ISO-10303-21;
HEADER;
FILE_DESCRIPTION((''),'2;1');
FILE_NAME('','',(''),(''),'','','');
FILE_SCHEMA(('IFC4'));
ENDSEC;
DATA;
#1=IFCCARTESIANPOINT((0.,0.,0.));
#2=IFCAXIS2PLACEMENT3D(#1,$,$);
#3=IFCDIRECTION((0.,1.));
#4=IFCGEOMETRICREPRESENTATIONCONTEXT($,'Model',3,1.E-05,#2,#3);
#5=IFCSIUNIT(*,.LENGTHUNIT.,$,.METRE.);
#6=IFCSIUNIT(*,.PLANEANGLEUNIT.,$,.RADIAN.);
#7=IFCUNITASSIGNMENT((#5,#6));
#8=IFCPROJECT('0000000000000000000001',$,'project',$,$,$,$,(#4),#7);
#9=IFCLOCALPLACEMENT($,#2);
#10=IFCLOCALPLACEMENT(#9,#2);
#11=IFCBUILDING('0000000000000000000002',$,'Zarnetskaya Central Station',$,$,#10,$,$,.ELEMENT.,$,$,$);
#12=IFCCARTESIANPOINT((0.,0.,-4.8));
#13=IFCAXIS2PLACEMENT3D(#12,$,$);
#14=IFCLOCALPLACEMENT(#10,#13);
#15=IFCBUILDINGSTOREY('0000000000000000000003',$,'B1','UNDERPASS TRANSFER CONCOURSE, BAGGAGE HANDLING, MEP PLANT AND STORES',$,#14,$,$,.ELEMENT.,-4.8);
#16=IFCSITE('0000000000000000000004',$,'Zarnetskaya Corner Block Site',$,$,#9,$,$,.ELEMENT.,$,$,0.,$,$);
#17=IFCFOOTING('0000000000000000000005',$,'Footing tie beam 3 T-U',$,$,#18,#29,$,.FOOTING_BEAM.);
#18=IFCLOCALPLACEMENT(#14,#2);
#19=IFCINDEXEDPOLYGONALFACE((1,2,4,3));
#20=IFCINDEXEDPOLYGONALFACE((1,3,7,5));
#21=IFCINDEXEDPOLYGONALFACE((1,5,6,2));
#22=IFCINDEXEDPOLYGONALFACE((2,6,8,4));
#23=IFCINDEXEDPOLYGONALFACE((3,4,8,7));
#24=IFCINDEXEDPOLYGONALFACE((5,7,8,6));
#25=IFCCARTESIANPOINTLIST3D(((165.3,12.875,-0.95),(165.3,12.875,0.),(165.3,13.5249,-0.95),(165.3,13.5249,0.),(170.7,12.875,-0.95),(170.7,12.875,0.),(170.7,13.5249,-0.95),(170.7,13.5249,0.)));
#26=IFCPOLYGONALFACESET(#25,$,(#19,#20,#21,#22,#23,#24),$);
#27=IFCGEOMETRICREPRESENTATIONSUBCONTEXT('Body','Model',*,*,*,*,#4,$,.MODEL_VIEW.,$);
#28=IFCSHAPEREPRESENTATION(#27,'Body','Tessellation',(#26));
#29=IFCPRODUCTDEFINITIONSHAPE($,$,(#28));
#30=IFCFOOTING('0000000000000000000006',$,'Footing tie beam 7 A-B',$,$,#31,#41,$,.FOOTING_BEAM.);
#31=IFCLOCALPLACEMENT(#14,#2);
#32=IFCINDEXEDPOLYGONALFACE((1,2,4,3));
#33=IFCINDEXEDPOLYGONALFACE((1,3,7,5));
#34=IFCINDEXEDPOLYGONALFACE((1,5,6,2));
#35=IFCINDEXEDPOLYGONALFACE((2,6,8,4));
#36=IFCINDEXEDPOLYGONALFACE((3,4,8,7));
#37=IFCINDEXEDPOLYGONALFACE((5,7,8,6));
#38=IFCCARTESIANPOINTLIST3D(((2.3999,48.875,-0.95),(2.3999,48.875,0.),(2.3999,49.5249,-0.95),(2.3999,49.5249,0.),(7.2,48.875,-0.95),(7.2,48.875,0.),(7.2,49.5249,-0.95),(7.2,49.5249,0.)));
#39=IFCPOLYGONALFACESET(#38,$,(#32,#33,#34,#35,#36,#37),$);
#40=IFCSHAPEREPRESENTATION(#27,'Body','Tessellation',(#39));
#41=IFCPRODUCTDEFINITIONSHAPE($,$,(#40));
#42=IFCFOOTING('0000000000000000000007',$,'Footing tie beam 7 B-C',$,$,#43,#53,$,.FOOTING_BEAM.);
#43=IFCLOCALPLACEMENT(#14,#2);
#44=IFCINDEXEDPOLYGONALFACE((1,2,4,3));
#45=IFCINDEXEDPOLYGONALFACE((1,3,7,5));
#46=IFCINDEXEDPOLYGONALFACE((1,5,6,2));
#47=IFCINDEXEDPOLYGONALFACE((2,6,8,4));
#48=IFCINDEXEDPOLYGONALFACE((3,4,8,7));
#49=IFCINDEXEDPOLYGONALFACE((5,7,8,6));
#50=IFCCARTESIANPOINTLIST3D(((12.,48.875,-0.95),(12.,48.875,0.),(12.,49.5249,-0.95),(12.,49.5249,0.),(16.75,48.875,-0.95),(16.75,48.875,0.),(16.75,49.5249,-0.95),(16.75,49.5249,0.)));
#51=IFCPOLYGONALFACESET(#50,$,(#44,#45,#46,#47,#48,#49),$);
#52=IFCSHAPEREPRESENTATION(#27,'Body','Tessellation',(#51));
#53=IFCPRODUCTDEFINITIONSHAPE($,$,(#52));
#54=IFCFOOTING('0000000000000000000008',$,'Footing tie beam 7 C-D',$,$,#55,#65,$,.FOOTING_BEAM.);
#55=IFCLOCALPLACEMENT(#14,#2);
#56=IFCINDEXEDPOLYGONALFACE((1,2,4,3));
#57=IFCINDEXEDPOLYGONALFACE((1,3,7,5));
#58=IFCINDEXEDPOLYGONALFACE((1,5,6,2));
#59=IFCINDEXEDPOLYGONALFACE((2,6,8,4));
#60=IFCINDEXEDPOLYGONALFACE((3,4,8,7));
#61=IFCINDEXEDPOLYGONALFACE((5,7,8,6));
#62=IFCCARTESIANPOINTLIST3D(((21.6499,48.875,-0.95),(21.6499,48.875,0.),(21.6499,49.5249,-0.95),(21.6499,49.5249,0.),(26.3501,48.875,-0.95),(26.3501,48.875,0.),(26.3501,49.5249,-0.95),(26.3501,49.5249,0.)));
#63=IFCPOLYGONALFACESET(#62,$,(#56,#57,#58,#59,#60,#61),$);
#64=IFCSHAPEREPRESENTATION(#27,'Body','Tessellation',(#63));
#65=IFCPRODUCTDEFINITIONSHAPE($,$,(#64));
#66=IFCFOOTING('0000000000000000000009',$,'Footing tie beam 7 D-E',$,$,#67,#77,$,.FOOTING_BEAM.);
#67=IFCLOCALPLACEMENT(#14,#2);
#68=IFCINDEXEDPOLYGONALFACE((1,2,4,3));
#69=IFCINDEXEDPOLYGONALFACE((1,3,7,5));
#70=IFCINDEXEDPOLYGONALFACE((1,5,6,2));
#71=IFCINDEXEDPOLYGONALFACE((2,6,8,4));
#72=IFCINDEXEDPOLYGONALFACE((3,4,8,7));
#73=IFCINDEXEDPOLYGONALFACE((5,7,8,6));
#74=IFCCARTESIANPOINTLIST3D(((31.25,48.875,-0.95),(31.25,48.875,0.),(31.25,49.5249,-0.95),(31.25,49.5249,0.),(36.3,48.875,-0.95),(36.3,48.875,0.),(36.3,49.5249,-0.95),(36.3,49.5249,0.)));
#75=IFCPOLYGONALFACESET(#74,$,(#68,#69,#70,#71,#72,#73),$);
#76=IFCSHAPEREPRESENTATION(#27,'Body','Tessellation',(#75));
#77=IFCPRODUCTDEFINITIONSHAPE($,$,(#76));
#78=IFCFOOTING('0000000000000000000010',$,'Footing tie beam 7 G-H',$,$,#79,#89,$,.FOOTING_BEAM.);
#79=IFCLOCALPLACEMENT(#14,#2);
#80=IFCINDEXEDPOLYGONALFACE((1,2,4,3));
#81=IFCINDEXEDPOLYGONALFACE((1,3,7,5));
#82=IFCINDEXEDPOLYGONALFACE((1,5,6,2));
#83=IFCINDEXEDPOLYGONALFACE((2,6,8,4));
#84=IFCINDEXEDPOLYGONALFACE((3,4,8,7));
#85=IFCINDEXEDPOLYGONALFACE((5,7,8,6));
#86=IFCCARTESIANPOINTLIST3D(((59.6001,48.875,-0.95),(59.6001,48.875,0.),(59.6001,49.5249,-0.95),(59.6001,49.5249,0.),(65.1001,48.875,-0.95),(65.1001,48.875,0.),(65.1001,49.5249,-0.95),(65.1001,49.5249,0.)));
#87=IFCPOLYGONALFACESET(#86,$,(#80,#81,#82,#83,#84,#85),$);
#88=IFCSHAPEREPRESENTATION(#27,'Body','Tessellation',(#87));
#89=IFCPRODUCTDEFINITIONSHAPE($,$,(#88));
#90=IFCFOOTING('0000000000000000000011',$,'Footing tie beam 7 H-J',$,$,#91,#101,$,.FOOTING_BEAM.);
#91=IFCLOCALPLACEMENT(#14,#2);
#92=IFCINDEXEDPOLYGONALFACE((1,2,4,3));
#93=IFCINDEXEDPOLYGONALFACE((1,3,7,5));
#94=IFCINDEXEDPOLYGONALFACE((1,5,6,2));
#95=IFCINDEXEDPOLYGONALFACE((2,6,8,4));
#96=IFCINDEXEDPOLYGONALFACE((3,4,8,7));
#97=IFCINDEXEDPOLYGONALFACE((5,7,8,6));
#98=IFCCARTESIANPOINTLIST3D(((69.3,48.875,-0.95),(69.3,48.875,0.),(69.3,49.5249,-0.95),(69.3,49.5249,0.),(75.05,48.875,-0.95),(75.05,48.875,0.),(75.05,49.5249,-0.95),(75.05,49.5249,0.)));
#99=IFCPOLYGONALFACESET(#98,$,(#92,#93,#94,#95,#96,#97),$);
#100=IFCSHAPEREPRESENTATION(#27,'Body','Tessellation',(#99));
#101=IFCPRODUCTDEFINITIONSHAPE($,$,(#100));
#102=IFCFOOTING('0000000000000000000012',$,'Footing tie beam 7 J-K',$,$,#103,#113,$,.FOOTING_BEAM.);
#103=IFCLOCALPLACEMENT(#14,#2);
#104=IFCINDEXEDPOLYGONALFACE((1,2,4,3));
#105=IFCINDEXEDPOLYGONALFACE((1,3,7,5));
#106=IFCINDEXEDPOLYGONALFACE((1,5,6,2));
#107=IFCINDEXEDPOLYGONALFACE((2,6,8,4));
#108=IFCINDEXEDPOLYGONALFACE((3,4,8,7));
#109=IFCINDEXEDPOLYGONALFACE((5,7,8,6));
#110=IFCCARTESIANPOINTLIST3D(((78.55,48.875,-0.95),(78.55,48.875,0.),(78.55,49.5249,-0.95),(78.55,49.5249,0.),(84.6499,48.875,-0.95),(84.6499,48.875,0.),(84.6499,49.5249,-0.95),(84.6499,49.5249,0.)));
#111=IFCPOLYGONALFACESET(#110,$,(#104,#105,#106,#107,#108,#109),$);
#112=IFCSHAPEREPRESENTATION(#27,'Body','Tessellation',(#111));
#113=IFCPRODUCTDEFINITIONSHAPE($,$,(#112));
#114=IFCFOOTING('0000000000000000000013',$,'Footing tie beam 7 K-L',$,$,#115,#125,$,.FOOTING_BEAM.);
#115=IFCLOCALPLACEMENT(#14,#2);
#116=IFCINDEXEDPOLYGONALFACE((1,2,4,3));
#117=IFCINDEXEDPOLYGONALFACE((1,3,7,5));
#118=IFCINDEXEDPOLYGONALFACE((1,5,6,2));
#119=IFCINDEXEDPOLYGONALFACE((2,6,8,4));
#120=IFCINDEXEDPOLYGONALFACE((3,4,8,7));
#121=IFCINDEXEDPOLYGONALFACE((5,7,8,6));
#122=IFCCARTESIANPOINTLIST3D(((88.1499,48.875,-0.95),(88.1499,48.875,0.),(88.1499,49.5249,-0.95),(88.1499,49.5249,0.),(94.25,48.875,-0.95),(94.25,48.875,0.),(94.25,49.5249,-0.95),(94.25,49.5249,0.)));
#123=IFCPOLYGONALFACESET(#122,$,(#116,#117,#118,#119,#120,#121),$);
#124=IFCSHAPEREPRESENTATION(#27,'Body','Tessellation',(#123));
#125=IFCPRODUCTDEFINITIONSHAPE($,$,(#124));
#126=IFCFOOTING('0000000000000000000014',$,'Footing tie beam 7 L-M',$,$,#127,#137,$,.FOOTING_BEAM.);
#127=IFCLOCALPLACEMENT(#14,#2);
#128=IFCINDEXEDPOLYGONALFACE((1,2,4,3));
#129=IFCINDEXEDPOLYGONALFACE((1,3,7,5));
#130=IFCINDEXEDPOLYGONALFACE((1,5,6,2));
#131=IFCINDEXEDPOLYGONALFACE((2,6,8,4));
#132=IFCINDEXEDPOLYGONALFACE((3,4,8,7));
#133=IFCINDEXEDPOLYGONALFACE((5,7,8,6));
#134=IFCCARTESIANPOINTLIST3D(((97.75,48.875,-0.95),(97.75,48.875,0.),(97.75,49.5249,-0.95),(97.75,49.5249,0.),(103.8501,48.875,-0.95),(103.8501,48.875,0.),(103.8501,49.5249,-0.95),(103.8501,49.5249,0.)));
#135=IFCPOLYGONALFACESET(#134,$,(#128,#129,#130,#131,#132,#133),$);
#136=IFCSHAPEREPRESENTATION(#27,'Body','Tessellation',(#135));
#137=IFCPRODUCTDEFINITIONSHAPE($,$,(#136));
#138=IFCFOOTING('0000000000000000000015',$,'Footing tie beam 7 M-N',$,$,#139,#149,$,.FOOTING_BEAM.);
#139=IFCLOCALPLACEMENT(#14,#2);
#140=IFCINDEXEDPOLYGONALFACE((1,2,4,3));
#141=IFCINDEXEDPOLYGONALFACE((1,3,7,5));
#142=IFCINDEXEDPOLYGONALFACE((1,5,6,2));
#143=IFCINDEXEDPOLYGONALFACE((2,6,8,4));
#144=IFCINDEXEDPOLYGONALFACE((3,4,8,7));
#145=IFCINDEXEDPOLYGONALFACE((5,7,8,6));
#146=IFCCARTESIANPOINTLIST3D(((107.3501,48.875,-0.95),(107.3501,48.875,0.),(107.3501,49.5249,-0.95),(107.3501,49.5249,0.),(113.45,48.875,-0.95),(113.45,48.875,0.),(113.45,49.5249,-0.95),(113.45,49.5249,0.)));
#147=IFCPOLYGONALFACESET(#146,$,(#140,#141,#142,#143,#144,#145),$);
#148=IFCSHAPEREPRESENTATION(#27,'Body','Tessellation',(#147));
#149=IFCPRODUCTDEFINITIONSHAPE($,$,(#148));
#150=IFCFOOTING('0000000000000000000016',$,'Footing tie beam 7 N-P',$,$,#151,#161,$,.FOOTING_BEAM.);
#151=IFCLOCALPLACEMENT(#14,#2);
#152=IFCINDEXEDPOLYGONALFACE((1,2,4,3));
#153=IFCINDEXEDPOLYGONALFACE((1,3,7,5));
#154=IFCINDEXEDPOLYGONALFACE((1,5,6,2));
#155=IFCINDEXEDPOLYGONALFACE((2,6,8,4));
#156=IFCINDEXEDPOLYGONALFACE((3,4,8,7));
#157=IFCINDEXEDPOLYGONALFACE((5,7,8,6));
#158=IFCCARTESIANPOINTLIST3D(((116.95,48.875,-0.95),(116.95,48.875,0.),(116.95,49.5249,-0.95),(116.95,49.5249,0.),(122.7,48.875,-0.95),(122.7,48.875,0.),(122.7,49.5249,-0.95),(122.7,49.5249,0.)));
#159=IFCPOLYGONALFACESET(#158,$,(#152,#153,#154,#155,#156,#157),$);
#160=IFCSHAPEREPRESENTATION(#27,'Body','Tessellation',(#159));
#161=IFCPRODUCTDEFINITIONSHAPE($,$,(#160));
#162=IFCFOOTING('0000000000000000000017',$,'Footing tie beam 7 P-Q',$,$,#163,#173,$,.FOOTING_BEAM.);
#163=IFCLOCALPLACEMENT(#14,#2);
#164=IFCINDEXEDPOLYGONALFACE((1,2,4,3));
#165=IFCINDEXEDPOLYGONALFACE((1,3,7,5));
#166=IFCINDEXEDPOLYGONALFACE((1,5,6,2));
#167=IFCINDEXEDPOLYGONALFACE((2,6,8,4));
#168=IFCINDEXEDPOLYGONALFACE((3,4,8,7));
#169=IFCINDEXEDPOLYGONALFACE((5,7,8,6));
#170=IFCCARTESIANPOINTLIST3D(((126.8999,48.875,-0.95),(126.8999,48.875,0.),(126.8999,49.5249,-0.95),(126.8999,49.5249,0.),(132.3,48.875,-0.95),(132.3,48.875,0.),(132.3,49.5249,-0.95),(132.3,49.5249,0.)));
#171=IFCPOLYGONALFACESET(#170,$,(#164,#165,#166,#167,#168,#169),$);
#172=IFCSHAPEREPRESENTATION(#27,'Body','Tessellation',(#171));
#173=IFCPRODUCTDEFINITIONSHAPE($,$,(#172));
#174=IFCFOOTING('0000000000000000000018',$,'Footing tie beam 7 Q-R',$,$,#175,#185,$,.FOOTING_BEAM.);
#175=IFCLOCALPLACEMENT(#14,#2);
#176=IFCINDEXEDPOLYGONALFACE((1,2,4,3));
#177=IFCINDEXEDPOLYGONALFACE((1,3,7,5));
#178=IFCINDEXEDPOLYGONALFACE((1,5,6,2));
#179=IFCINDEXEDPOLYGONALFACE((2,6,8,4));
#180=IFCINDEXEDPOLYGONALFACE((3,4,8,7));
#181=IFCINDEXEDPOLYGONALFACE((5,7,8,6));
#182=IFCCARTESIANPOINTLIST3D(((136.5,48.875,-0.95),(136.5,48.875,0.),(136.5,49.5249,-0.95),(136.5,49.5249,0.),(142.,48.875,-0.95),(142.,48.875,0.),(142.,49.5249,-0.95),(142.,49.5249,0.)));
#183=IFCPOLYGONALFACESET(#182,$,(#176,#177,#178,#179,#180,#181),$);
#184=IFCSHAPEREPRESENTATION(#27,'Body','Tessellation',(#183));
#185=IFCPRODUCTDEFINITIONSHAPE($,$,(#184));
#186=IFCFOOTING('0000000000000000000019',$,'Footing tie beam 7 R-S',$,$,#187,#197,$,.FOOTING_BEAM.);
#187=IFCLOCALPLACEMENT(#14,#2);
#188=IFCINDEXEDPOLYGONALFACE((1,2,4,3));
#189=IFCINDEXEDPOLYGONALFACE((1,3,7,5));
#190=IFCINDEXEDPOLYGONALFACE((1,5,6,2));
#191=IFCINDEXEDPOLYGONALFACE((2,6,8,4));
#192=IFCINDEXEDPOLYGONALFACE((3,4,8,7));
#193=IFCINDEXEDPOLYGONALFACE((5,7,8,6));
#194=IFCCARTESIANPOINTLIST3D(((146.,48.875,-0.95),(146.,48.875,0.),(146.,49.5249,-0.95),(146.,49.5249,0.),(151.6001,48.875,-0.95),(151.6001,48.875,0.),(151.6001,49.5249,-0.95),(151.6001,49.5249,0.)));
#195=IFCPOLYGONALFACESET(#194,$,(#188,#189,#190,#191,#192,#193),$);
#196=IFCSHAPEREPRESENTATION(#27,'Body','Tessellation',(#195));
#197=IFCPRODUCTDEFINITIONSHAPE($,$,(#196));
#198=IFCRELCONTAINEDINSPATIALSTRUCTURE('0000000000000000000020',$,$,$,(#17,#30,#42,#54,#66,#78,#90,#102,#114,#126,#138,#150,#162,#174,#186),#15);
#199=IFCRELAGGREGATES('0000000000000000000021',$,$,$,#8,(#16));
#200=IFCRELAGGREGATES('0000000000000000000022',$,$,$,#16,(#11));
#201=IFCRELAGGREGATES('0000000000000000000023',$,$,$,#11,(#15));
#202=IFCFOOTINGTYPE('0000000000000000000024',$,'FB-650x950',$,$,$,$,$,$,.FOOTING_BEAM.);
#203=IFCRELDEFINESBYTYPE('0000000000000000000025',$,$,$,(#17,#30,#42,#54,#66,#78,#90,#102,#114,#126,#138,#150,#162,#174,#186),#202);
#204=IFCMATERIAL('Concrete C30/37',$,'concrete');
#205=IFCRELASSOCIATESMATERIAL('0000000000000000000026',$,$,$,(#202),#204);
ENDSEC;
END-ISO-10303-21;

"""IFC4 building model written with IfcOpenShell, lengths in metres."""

from ifc_helpers import new_model, si_unit, direction, frame, origin, place, context, subcontext, project, spatial, polyline, outline, extrude, material, type_object, element, save


model = new_model("IFC4")

# Units and contexts
model_context = context("Model", 3, precision=1e-05, world=origin(), true_north=direction((0.0, 1.0)))
body_context = subcontext(model_context, "Body", "Model", "MODEL_VIEW")
ifc_project = project(units=[si_unit("LENGTHUNIT", "METRE"), si_unit("PLANEANGLEUNIT", "RADIAN")], contexts=[model_context])

# Site, building, storey
site_placement = place(None, origin())
site = spatial("IfcSite", under=ifc_project, at=site_placement, Name="Zarnetskaya Corner Block Site", CompositionType="ELEMENT", RefElevation=0.0)
building_placement = place(site_placement, origin())
building = spatial("IfcBuilding", under=site, at=building_placement, Name="Zarnetskaya Central Station", CompositionType="ELEMENT")
storey_placement = place(building_placement, frame((0.0, 0.0, -4.8)))
storey = spatial("IfcBuildingStorey", under=building, at=storey_placement, Name="B1", Description="UNDERPASS TRANSFER CONCOURSE, BAGGAGE HANDLING, MEP PLANT AND STORES", CompositionType="ELEMENT", Elevation=-4.8)

# Footings
ifc_material = material(Name="Concrete C30/37", Category="concrete")
footing_type = type_object("IfcFootingType", Name="FB-650x950", PredefinedType="FOOTING_BEAM", material=ifc_material)
footing_1_placement = place(storey_placement, frame((0.0, 0.0, -0.95)))
element("IfcFooting", 1, at=footing_1_placement, inside=storey, type_object=footing_type, Name="Footing tie beam 3 T-U", PredefinedType="FOOTING_BEAM", context=body_context, shape_type="SweptSolid", body=[
    extrude(outline(polyline([(165.3, 12.875), (170.7, 12.875), (170.7, 13.5249), (165.3, 13.5249), (165.3, 12.875)])), origin(), (0.0, 0.0, 1.0), 0.95),
])
footing_2_placement = place(storey_placement, frame((0.0, 0.0, -0.95)))
element("IfcFooting", 2, at=footing_2_placement, inside=storey, type_object=footing_type, Name="Footing tie beam 7 A-B", PredefinedType="FOOTING_BEAM", context=body_context, shape_type="SweptSolid", body=[
    extrude(outline(polyline([(2.3999, 48.875), (7.2, 48.875), (7.2, 49.5249), (2.3999, 49.5249), (2.3999, 48.875)])), origin(), (0.0, 0.0, 1.0), 0.95),
])
footing_3_placement = place(storey_placement, frame((0.0, 0.0, -0.95)))
element("IfcFooting", 3, at=footing_3_placement, inside=storey, type_object=footing_type, Name="Footing tie beam 7 B-C", PredefinedType="FOOTING_BEAM", context=body_context, shape_type="SweptSolid", body=[
    extrude(outline(polyline([(12.0, 48.875), (16.75, 48.875), (16.75, 49.5249), (12.0, 49.5249), (12.0, 48.875)])), origin(), (0.0, 0.0, 1.0), 0.95),
])
footing_4_placement = place(storey_placement, frame((0.0, 0.0, -0.95)))
element("IfcFooting", 4, at=footing_4_placement, inside=storey, type_object=footing_type, Name="Footing tie beam 7 C-D", PredefinedType="FOOTING_BEAM", context=body_context, shape_type="SweptSolid", body=[
    extrude(outline(polyline([(21.6499, 48.875), (26.3501, 48.875), (26.3501, 49.5249), (21.6499, 49.5249), (21.6499, 48.875)])), origin(), (0.0, 0.0, 1.0), 0.95),
])
footing_5_placement = place(storey_placement, frame((0.0, 0.0, -0.95)))
element("IfcFooting", 5, at=footing_5_placement, inside=storey, type_object=footing_type, Name="Footing tie beam 7 D-E", PredefinedType="FOOTING_BEAM", context=body_context, shape_type="SweptSolid", body=[
    extrude(outline(polyline([(31.25, 48.875), (36.3, 48.875), (36.3, 49.5249), (31.25, 49.5249), (31.25, 48.875)])), origin(), (0.0, 0.0, 1.0), 0.95),
])
footing_6_placement = place(storey_placement, frame((0.0, 0.0, -0.95)))
element("IfcFooting", 6, at=footing_6_placement, inside=storey, type_object=footing_type, Name="Footing tie beam 7 G-H", PredefinedType="FOOTING_BEAM", context=body_context, shape_type="SweptSolid", body=[
    extrude(outline(polyline([(59.6001, 48.875), (65.1001, 48.875), (65.1001, 49.5249), (59.6001, 49.5249), (59.6001, 48.875)])), origin(), (0.0, 0.0, 1.0), 0.95),
])
footing_7_placement = place(storey_placement, frame((0.0, 0.0, -0.95)))
element("IfcFooting", 7, at=footing_7_placement, inside=storey, type_object=footing_type, Name="Footing tie beam 7 H-J", PredefinedType="FOOTING_BEAM", context=body_context, shape_type="SweptSolid", body=[
    extrude(outline(polyline([(69.3, 48.875), (75.05, 48.875), (75.05, 49.5249), (69.3, 49.5249), (69.3, 48.875)])), origin(), (0.0, 0.0, 1.0), 0.95),
])
footing_8_placement = place(storey_placement, frame((0.0, 0.0, -0.95)))
element("IfcFooting", 8, at=footing_8_placement, inside=storey, type_object=footing_type, Name="Footing tie beam 7 J-K", PredefinedType="FOOTING_BEAM", context=body_context, shape_type="SweptSolid", body=[
    extrude(outline(polyline([(78.55, 48.875), (84.6499, 48.875), (84.6499, 49.5249), (78.55, 49.5249), (78.55, 48.875)])), origin(), (0.0, 0.0, 1.0), 0.95),
])
footing_9_placement = place(storey_placement, frame((0.0, 0.0, -0.95)))
element("IfcFooting", 9, at=footing_9_placement, inside=storey, type_object=footing_type, Name="Footing tie beam 7 K-L", PredefinedType="FOOTING_BEAM", context=body_context, shape_type="SweptSolid", body=[
    extrude(outline(polyline([(88.1499, 48.875), (94.25, 48.875), (94.25, 49.5249), (88.1499, 49.5249), (88.1499, 48.875)])), origin(), (0.0, 0.0, 1.0), 0.95),
])
footing_10_placement = place(storey_placement, frame((0.0, 0.0, -0.95)))
element("IfcFooting", 10, at=footing_10_placement, inside=storey, type_object=footing_type, Name="Footing tie beam 7 L-M", PredefinedType="FOOTING_BEAM", context=body_context, shape_type="SweptSolid", body=[
    extrude(outline(polyline([(97.75, 48.875), (103.8501, 48.875), (103.8501, 49.5249), (97.75, 49.5249), (97.75, 48.875)])), origin(), (0.0, 0.0, 1.0), 0.95),
])
footing_11_placement = place(storey_placement, frame((0.0, 0.0, -0.95)))
element("IfcFooting", 11, at=footing_11_placement, inside=storey, type_object=footing_type, Name="Footing tie beam 7 M-N", PredefinedType="FOOTING_BEAM", context=body_context, shape_type="SweptSolid", body=[
    extrude(outline(polyline([(107.3501, 48.875), (113.45, 48.875), (113.45, 49.5249), (107.3501, 49.5249), (107.3501, 48.875)])), origin(), (0.0, 0.0, 1.0), 0.95),
])
footing_12_placement = place(storey_placement, frame((0.0, 0.0, -0.95)))
element("IfcFooting", 12, at=footing_12_placement, inside=storey, type_object=footing_type, Name="Footing tie beam 7 N-P", PredefinedType="FOOTING_BEAM", context=body_context, shape_type="SweptSolid", body=[
    extrude(outline(polyline([(116.95, 48.875), (122.7, 48.875), (122.7, 49.5249), (116.95, 49.5249), (116.95, 48.875)])), origin(), (0.0, 0.0, 1.0), 0.95),
])
footing_13_placement = place(storey_placement, frame((0.0, 0.0, -0.95)))
element("IfcFooting", 13, at=footing_13_placement, inside=storey, type_object=footing_type, Name="Footing tie beam 7 P-Q", PredefinedType="FOOTING_BEAM", context=body_context, shape_type="SweptSolid", body=[
    extrude(outline(polyline([(126.8999, 48.875), (132.3, 48.875), (132.3, 49.5249), (126.8999, 49.5249), (126.8999, 48.875)])), origin(), (0.0, 0.0, 1.0), 0.95),
])
footing_14_placement = place(storey_placement, frame((0.0, 0.0, -0.95)))
element("IfcFooting", 14, at=footing_14_placement, inside=storey, type_object=footing_type, Name="Footing tie beam 7 Q-R", PredefinedType="FOOTING_BEAM", context=body_context, shape_type="SweptSolid", body=[
    extrude(outline(polyline([(136.5, 48.875), (142.0, 48.875), (142.0, 49.5249), (136.5, 49.5249), (136.5, 48.875)])), origin(), (0.0, 0.0, 1.0), 0.95),
])
footing_15_placement = place(storey_placement, frame((0.0, 0.0, -0.95)))
element("IfcFooting", 15, at=footing_15_placement, inside=storey, type_object=footing_type, Name="Footing tie beam 7 R-S", PredefinedType="FOOTING_BEAM", context=body_context, shape_type="SweptSolid", body=[
    extrude(outline(polyline([(146.0, 48.875), (151.6001, 48.875), (151.6001, 49.5249), (146.0, 49.5249), (146.0, 48.875)])), origin(), (0.0, 0.0, 1.0), 0.95),
])

save(model, "model.ifc")
